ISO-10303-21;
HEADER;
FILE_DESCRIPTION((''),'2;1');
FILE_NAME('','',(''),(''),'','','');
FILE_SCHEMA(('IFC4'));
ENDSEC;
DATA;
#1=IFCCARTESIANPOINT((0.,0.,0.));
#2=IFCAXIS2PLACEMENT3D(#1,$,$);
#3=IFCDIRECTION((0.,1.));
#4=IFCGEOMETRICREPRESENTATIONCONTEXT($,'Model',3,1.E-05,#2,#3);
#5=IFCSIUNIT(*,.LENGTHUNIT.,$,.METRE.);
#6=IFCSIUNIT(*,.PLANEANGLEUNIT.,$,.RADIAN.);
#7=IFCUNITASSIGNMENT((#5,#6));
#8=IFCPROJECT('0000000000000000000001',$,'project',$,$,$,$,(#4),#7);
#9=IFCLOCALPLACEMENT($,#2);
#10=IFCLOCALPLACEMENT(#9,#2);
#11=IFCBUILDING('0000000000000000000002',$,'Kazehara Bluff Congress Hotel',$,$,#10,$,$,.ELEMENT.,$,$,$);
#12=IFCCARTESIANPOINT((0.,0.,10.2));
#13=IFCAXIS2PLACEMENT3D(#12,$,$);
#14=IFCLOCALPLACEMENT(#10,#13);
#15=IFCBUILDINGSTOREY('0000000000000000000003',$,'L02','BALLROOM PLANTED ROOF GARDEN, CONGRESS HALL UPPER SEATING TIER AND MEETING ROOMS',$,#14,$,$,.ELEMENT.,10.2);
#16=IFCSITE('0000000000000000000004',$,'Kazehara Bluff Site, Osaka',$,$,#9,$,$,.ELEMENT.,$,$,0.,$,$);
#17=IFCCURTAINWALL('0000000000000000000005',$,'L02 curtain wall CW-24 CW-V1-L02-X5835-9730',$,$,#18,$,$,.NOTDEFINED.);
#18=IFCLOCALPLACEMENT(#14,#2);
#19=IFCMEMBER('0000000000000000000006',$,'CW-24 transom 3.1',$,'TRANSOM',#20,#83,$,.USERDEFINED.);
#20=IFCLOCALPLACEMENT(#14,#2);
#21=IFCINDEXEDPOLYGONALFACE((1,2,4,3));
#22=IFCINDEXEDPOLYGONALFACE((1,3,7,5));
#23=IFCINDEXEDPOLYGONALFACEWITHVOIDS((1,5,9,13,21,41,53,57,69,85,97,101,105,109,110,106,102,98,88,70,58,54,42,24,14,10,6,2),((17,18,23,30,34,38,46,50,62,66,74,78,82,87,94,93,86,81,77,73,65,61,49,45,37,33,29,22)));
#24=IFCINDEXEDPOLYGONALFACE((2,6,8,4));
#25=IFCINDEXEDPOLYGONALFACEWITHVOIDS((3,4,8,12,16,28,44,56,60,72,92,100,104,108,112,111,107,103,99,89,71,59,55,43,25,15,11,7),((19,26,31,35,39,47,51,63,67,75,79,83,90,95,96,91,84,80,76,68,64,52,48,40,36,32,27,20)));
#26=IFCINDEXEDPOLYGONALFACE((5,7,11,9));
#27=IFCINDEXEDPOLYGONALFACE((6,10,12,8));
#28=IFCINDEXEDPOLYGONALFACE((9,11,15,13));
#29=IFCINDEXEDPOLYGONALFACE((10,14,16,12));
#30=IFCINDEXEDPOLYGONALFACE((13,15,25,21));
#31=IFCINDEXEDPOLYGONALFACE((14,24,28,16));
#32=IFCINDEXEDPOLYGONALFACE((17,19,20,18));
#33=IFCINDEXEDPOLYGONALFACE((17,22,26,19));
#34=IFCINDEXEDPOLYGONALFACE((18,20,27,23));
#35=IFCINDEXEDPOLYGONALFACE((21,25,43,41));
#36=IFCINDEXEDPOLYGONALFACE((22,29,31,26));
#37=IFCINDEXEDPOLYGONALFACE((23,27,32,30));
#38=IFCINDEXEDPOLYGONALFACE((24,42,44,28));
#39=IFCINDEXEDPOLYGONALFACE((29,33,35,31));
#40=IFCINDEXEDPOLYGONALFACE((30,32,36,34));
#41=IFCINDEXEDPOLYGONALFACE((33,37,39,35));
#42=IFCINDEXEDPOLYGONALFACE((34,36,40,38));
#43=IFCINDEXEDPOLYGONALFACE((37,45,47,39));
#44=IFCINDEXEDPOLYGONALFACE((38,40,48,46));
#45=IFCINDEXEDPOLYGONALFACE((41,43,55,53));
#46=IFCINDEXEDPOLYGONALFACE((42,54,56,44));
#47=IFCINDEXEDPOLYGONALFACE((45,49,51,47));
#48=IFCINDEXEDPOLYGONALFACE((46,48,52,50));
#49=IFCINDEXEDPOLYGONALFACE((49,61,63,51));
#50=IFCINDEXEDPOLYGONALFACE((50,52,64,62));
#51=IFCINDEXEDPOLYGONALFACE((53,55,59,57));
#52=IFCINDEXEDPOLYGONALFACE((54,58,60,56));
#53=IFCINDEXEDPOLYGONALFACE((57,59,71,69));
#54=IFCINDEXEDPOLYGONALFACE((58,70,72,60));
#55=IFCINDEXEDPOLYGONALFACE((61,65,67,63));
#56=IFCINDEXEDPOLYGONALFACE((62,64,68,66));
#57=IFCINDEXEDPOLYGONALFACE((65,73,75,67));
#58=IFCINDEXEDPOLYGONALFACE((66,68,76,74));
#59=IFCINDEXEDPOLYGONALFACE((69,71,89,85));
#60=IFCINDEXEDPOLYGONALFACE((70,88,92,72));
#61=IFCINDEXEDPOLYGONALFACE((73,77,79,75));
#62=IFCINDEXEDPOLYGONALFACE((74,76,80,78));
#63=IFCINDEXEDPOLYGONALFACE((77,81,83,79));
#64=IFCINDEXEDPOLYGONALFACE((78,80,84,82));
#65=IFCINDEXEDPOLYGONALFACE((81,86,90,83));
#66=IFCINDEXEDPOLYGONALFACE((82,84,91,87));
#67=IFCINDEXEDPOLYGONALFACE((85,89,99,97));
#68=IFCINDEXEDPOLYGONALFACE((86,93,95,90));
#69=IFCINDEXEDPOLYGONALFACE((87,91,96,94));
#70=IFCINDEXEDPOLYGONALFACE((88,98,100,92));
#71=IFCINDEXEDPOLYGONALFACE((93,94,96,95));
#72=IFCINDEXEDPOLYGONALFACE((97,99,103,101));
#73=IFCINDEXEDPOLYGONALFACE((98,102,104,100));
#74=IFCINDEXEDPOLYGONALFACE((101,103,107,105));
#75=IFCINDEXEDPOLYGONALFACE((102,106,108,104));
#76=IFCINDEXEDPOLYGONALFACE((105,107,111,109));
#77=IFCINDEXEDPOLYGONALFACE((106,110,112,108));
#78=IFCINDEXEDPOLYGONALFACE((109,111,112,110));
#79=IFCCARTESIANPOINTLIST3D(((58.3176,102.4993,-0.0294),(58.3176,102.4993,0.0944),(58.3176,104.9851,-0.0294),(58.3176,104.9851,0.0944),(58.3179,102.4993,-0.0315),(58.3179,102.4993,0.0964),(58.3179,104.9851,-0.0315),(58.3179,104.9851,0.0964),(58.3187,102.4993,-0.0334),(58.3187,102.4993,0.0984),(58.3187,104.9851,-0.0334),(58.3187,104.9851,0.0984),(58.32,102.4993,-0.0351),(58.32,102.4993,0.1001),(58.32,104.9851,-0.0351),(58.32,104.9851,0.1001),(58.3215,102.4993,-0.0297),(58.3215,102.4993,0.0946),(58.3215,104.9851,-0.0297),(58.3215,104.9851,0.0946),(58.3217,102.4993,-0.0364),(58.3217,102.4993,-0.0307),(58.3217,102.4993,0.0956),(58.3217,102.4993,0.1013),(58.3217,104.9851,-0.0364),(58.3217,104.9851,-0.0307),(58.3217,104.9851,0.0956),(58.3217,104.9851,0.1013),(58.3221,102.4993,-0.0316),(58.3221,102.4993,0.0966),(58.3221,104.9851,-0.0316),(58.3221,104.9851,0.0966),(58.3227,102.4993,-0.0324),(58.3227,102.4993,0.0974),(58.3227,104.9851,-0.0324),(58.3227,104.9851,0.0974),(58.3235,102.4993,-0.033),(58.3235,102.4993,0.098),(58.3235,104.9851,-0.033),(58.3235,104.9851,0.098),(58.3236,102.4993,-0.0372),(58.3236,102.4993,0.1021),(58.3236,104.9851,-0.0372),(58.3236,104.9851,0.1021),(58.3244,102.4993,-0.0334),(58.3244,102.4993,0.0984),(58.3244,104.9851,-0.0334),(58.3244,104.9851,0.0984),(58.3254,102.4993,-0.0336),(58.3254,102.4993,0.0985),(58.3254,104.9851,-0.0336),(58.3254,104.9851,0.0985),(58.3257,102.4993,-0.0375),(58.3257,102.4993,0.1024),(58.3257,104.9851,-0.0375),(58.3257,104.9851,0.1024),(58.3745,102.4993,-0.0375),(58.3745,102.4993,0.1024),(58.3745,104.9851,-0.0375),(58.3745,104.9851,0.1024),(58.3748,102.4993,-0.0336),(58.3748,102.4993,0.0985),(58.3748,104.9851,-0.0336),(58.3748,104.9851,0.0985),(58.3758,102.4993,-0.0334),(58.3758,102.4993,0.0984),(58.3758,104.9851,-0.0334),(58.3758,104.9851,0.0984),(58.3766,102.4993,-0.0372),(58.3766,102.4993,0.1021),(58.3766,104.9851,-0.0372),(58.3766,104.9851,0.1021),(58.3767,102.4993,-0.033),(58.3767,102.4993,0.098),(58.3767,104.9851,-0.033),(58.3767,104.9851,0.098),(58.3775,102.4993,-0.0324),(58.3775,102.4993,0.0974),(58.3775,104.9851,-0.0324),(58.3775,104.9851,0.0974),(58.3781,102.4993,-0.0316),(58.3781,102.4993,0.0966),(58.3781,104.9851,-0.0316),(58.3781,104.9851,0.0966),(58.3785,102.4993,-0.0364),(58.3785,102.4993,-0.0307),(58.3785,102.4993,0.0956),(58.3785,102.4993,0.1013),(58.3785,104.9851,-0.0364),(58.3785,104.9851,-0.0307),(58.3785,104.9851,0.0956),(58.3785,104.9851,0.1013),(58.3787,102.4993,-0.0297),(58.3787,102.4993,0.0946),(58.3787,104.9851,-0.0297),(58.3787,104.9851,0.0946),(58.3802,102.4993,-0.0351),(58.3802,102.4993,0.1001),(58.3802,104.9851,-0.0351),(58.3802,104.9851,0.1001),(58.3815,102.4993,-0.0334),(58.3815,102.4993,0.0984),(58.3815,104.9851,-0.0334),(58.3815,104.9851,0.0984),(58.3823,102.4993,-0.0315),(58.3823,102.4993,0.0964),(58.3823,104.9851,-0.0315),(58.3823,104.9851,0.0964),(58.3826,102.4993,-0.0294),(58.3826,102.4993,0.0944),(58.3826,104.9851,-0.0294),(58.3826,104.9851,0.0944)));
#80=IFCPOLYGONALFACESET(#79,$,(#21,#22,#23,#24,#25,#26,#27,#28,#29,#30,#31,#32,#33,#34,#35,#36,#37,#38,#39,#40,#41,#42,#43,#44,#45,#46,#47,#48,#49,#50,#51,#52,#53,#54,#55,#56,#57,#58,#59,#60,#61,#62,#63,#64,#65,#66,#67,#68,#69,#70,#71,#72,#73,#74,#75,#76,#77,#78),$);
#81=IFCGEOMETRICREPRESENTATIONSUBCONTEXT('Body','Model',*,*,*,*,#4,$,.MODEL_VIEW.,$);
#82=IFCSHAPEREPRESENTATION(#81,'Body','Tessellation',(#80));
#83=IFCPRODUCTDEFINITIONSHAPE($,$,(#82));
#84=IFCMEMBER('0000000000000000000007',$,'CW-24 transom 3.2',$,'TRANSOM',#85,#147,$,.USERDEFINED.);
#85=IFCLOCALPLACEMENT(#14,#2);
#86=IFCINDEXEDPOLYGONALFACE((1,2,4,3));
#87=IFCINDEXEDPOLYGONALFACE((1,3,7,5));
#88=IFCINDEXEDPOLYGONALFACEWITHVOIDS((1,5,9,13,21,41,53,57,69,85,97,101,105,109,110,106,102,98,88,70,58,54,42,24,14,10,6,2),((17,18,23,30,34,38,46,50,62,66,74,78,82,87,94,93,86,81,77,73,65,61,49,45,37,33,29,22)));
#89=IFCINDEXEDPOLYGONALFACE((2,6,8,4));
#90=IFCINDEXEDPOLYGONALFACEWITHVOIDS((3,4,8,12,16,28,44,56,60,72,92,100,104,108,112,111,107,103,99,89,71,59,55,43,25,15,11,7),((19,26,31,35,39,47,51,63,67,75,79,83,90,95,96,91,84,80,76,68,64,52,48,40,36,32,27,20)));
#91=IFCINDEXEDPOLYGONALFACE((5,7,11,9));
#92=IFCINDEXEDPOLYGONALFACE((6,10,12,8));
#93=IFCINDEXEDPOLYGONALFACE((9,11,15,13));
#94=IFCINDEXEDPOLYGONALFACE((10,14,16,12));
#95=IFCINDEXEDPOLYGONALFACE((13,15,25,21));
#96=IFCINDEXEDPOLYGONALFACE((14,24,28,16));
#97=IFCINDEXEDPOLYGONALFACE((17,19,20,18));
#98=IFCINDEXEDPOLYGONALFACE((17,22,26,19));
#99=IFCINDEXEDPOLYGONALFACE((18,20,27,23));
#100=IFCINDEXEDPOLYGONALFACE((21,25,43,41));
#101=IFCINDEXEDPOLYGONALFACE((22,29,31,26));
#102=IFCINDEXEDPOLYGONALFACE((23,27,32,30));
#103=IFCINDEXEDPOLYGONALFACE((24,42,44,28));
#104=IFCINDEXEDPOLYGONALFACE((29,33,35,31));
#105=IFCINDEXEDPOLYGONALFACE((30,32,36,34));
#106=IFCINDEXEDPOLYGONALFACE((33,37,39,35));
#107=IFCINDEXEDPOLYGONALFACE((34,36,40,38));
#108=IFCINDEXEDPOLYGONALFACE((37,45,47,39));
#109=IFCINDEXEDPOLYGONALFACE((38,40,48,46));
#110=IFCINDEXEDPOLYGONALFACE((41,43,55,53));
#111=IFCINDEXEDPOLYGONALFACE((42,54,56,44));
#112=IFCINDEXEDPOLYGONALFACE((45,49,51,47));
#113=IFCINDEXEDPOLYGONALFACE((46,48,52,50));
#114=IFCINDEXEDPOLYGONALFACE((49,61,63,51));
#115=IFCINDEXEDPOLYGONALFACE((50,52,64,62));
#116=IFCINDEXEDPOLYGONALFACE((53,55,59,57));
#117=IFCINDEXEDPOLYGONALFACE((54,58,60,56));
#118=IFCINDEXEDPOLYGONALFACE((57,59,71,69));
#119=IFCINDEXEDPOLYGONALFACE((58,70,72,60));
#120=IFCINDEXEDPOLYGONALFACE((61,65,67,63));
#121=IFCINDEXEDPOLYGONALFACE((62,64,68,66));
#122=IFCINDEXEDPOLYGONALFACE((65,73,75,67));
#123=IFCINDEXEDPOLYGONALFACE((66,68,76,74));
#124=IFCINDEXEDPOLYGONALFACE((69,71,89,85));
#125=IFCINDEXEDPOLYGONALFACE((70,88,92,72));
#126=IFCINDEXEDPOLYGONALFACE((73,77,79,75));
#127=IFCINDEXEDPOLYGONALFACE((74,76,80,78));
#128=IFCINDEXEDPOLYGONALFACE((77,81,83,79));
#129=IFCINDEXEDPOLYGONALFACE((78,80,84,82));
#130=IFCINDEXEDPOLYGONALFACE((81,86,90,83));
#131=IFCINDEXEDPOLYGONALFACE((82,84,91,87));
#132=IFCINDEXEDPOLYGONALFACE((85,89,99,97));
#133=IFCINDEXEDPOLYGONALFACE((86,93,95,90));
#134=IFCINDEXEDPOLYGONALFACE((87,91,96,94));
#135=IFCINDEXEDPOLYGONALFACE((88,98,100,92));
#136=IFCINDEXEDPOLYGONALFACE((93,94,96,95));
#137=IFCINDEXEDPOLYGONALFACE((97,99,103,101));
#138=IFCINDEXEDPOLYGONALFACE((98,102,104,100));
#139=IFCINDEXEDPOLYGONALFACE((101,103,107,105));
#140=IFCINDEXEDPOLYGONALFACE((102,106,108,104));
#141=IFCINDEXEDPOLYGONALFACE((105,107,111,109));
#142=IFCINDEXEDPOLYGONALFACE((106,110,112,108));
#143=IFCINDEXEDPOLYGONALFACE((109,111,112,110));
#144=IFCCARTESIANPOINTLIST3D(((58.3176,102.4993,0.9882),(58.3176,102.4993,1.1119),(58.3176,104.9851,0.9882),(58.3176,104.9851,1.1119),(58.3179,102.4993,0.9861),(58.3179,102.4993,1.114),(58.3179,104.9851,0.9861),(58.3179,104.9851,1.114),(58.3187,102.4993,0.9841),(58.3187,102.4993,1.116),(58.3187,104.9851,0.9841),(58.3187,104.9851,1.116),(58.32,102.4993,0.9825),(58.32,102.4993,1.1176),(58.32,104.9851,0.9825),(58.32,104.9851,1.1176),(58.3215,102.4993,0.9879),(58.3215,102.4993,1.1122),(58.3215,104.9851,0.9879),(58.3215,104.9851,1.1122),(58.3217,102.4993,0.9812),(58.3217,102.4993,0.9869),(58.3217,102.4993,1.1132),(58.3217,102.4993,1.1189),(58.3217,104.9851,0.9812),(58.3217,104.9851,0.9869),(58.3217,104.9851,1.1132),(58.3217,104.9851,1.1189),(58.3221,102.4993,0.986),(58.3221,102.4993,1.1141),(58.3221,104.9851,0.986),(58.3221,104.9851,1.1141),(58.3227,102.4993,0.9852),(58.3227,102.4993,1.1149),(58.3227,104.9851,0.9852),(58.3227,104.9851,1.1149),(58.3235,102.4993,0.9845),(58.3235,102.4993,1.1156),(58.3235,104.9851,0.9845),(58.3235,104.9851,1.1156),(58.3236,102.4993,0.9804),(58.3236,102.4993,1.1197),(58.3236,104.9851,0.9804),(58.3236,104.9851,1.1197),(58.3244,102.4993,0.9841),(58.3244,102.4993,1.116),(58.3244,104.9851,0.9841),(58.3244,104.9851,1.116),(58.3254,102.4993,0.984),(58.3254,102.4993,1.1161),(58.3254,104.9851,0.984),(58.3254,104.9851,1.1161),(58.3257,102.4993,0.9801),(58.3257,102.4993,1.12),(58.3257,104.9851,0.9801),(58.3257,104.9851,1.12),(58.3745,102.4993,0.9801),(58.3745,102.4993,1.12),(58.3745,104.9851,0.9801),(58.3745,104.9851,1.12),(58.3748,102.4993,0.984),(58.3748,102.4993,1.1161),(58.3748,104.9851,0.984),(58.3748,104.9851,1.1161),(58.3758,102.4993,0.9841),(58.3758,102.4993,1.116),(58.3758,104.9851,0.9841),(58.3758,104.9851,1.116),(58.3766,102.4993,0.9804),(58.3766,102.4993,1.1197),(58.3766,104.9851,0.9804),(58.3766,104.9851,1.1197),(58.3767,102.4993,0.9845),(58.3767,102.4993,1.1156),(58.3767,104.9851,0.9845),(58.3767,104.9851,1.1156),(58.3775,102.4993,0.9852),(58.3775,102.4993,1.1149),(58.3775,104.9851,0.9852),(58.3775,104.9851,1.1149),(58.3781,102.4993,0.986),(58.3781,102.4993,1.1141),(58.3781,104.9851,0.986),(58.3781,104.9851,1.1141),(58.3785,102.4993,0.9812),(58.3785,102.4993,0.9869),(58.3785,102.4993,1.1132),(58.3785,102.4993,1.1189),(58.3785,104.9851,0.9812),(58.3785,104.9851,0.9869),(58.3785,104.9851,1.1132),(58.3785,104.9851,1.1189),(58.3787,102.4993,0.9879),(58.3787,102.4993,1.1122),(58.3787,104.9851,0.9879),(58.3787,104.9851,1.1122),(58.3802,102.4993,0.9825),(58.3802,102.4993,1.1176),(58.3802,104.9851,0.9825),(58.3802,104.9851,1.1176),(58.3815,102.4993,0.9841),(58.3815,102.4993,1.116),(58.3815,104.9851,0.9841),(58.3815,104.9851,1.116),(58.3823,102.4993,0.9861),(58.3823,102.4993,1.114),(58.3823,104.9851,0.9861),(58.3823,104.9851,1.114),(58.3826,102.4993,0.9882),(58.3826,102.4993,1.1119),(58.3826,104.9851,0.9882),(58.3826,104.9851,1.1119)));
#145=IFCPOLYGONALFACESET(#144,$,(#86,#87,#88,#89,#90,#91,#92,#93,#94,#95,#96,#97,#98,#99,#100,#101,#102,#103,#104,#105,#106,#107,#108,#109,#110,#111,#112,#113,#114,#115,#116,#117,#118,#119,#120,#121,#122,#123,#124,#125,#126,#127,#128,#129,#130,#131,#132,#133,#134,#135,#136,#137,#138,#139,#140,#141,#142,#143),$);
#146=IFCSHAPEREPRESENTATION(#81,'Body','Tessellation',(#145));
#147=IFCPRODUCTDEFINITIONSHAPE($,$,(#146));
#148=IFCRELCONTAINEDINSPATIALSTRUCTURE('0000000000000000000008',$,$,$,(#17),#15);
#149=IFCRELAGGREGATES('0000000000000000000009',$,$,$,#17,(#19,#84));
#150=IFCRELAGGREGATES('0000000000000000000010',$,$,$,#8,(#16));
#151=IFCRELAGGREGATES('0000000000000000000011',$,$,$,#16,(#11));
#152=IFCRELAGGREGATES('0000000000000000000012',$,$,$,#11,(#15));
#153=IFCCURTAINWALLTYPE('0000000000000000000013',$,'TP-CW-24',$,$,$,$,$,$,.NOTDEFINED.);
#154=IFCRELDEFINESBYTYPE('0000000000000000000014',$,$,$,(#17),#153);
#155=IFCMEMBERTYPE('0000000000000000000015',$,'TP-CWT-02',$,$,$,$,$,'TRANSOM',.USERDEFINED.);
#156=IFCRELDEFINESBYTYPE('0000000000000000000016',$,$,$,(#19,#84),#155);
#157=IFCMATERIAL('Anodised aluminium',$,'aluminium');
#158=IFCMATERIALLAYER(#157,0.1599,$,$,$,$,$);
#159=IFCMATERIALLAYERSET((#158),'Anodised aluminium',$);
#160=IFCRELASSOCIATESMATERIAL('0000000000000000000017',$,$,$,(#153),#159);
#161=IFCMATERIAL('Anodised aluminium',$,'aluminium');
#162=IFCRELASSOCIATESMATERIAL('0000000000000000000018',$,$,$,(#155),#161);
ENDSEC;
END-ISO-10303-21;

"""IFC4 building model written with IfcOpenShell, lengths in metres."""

from ifc_helpers import new_model, si_unit, direction, frame, origin, origin_2d, place, context, subcontext, project, spatial, hollow_rectangle, extrude, material, layer, layer_set, material_profile, profile_set, type_object, element, aggregate, save


model = new_model("IFC4")

# Units and contexts
model_context = context("Model", 3, precision=1e-05, world=origin(), true_north=direction((0.0, 1.0)))
body_context = subcontext(model_context, "Body", "Model", "MODEL_VIEW")
ifc_project = project(units=[si_unit("LENGTHUNIT", "METRE"), si_unit("PLANEANGLEUNIT", "RADIAN")], contexts=[model_context])

# Site, building, storey
site_placement = place(None, origin())
site = spatial("IfcSite", under=ifc_project, at=site_placement, Name="Kazehara Bluff Site, Osaka", CompositionType="ELEMENT", RefElevation=0.0)
building_placement = place(site_placement, origin())
building = spatial("IfcBuilding", under=site, at=building_placement, Name="Kazehara Bluff Congress Hotel", CompositionType="ELEMENT")
storey_placement = place(building_placement, frame((0.0, 0.0, 10.2)))
storey = spatial("IfcBuildingStorey", under=building, at=storey_placement, Name="L02", Description="BALLROOM PLANTED ROOF GARDEN, CONGRESS HALL UPPER SEATING TIER AND MEETING ROOMS", CompositionType="ELEMENT", Elevation=10.2)

# Curtain wall
ifc_material_1 = material(Name="Anodised aluminium", Category="aluminium")
ifc_layer_1 = layer(ifc_material_1, 0.1599)
ifc_layer_set_1 = layer_set([ifc_layer_1], Name="Anodised aluminium")
curtain_wall_type_1 = type_object("IfcCurtainWallType", Name="TP-CW-24", PredefinedType="NOTDEFINED", material=ifc_layer_set_1)
curtain_wall_1_placement = place(storey_placement, origin())
curtain_wall_1 = element("IfcCurtainWall", 1, at=curtain_wall_1_placement, inside=storey, type_object=curtain_wall_type_1, Name="L02 curtain wall CW-24 CW-V1-L02-X5835-9730", PredefinedType="NOTDEFINED")

# Members
ifc_material_2 = material(Name="Anodised aluminium", Category="aluminium")
ifc_material_profile_1 = material_profile(ifc_material_2, hollow_rectangle(XDim=0.0649, YDim=0.1399, WallThickness=0.0039, InnerFilletRadius=0.0039, OuterFilletRadius=0.0081, at=origin_2d()))
ifc_profile_set_1 = profile_set([ifc_material_profile_1], Name="Anodised aluminium")
member_type_1 = type_object("IfcMemberType", Name="TP-CWT-02", ElementType="TRANSOM", PredefinedType="USERDEFINED", material=ifc_profile_set_1)
member_1_placement = place(storey_placement, frame((58.3501, 102.4993, 0.0325), z_axis=(0.0, 1.0, 0.0), x_axis=(-1.0, 0.0, 0.0)))
member_1 = element("IfcMember", 2, at=member_1_placement, type_object=member_type_1, Name="CW-24 transom 3.1", ObjectType="TRANSOM", PredefinedType="USERDEFINED", context=body_context, shape_type="SweptSolid", body=[
    extrude(hollow_rectangle(XDim=0.0649, YDim=0.1399, WallThickness=0.0039, InnerFilletRadius=0.0039, OuterFilletRadius=0.0081, at=origin_2d()), origin(), (0.0, 0.0, 1.0), 2.4858),
])
member_2_placement = place(storey_placement, frame((58.3501, 102.4993, 1.05), z_axis=(0.0, 1.0, 0.0), x_axis=(-1.0, 0.0, 0.0)))
member_2 = element("IfcMember", 3, at=member_2_placement, type_object=member_type_1, Name="CW-24 transom 3.2", ObjectType="TRANSOM", PredefinedType="USERDEFINED", context=body_context, shape_type="SweptSolid", body=[
    extrude(hollow_rectangle(XDim=0.0649, YDim=0.1399, WallThickness=0.0039, InnerFilletRadius=0.0039, OuterFilletRadius=0.0081, at=origin_2d()), origin(), (0.0, 0.0, 1.0), 2.4858),
])

aggregate(curtain_wall_1, [member_1, member_2])

save(model, "model.ifc")
